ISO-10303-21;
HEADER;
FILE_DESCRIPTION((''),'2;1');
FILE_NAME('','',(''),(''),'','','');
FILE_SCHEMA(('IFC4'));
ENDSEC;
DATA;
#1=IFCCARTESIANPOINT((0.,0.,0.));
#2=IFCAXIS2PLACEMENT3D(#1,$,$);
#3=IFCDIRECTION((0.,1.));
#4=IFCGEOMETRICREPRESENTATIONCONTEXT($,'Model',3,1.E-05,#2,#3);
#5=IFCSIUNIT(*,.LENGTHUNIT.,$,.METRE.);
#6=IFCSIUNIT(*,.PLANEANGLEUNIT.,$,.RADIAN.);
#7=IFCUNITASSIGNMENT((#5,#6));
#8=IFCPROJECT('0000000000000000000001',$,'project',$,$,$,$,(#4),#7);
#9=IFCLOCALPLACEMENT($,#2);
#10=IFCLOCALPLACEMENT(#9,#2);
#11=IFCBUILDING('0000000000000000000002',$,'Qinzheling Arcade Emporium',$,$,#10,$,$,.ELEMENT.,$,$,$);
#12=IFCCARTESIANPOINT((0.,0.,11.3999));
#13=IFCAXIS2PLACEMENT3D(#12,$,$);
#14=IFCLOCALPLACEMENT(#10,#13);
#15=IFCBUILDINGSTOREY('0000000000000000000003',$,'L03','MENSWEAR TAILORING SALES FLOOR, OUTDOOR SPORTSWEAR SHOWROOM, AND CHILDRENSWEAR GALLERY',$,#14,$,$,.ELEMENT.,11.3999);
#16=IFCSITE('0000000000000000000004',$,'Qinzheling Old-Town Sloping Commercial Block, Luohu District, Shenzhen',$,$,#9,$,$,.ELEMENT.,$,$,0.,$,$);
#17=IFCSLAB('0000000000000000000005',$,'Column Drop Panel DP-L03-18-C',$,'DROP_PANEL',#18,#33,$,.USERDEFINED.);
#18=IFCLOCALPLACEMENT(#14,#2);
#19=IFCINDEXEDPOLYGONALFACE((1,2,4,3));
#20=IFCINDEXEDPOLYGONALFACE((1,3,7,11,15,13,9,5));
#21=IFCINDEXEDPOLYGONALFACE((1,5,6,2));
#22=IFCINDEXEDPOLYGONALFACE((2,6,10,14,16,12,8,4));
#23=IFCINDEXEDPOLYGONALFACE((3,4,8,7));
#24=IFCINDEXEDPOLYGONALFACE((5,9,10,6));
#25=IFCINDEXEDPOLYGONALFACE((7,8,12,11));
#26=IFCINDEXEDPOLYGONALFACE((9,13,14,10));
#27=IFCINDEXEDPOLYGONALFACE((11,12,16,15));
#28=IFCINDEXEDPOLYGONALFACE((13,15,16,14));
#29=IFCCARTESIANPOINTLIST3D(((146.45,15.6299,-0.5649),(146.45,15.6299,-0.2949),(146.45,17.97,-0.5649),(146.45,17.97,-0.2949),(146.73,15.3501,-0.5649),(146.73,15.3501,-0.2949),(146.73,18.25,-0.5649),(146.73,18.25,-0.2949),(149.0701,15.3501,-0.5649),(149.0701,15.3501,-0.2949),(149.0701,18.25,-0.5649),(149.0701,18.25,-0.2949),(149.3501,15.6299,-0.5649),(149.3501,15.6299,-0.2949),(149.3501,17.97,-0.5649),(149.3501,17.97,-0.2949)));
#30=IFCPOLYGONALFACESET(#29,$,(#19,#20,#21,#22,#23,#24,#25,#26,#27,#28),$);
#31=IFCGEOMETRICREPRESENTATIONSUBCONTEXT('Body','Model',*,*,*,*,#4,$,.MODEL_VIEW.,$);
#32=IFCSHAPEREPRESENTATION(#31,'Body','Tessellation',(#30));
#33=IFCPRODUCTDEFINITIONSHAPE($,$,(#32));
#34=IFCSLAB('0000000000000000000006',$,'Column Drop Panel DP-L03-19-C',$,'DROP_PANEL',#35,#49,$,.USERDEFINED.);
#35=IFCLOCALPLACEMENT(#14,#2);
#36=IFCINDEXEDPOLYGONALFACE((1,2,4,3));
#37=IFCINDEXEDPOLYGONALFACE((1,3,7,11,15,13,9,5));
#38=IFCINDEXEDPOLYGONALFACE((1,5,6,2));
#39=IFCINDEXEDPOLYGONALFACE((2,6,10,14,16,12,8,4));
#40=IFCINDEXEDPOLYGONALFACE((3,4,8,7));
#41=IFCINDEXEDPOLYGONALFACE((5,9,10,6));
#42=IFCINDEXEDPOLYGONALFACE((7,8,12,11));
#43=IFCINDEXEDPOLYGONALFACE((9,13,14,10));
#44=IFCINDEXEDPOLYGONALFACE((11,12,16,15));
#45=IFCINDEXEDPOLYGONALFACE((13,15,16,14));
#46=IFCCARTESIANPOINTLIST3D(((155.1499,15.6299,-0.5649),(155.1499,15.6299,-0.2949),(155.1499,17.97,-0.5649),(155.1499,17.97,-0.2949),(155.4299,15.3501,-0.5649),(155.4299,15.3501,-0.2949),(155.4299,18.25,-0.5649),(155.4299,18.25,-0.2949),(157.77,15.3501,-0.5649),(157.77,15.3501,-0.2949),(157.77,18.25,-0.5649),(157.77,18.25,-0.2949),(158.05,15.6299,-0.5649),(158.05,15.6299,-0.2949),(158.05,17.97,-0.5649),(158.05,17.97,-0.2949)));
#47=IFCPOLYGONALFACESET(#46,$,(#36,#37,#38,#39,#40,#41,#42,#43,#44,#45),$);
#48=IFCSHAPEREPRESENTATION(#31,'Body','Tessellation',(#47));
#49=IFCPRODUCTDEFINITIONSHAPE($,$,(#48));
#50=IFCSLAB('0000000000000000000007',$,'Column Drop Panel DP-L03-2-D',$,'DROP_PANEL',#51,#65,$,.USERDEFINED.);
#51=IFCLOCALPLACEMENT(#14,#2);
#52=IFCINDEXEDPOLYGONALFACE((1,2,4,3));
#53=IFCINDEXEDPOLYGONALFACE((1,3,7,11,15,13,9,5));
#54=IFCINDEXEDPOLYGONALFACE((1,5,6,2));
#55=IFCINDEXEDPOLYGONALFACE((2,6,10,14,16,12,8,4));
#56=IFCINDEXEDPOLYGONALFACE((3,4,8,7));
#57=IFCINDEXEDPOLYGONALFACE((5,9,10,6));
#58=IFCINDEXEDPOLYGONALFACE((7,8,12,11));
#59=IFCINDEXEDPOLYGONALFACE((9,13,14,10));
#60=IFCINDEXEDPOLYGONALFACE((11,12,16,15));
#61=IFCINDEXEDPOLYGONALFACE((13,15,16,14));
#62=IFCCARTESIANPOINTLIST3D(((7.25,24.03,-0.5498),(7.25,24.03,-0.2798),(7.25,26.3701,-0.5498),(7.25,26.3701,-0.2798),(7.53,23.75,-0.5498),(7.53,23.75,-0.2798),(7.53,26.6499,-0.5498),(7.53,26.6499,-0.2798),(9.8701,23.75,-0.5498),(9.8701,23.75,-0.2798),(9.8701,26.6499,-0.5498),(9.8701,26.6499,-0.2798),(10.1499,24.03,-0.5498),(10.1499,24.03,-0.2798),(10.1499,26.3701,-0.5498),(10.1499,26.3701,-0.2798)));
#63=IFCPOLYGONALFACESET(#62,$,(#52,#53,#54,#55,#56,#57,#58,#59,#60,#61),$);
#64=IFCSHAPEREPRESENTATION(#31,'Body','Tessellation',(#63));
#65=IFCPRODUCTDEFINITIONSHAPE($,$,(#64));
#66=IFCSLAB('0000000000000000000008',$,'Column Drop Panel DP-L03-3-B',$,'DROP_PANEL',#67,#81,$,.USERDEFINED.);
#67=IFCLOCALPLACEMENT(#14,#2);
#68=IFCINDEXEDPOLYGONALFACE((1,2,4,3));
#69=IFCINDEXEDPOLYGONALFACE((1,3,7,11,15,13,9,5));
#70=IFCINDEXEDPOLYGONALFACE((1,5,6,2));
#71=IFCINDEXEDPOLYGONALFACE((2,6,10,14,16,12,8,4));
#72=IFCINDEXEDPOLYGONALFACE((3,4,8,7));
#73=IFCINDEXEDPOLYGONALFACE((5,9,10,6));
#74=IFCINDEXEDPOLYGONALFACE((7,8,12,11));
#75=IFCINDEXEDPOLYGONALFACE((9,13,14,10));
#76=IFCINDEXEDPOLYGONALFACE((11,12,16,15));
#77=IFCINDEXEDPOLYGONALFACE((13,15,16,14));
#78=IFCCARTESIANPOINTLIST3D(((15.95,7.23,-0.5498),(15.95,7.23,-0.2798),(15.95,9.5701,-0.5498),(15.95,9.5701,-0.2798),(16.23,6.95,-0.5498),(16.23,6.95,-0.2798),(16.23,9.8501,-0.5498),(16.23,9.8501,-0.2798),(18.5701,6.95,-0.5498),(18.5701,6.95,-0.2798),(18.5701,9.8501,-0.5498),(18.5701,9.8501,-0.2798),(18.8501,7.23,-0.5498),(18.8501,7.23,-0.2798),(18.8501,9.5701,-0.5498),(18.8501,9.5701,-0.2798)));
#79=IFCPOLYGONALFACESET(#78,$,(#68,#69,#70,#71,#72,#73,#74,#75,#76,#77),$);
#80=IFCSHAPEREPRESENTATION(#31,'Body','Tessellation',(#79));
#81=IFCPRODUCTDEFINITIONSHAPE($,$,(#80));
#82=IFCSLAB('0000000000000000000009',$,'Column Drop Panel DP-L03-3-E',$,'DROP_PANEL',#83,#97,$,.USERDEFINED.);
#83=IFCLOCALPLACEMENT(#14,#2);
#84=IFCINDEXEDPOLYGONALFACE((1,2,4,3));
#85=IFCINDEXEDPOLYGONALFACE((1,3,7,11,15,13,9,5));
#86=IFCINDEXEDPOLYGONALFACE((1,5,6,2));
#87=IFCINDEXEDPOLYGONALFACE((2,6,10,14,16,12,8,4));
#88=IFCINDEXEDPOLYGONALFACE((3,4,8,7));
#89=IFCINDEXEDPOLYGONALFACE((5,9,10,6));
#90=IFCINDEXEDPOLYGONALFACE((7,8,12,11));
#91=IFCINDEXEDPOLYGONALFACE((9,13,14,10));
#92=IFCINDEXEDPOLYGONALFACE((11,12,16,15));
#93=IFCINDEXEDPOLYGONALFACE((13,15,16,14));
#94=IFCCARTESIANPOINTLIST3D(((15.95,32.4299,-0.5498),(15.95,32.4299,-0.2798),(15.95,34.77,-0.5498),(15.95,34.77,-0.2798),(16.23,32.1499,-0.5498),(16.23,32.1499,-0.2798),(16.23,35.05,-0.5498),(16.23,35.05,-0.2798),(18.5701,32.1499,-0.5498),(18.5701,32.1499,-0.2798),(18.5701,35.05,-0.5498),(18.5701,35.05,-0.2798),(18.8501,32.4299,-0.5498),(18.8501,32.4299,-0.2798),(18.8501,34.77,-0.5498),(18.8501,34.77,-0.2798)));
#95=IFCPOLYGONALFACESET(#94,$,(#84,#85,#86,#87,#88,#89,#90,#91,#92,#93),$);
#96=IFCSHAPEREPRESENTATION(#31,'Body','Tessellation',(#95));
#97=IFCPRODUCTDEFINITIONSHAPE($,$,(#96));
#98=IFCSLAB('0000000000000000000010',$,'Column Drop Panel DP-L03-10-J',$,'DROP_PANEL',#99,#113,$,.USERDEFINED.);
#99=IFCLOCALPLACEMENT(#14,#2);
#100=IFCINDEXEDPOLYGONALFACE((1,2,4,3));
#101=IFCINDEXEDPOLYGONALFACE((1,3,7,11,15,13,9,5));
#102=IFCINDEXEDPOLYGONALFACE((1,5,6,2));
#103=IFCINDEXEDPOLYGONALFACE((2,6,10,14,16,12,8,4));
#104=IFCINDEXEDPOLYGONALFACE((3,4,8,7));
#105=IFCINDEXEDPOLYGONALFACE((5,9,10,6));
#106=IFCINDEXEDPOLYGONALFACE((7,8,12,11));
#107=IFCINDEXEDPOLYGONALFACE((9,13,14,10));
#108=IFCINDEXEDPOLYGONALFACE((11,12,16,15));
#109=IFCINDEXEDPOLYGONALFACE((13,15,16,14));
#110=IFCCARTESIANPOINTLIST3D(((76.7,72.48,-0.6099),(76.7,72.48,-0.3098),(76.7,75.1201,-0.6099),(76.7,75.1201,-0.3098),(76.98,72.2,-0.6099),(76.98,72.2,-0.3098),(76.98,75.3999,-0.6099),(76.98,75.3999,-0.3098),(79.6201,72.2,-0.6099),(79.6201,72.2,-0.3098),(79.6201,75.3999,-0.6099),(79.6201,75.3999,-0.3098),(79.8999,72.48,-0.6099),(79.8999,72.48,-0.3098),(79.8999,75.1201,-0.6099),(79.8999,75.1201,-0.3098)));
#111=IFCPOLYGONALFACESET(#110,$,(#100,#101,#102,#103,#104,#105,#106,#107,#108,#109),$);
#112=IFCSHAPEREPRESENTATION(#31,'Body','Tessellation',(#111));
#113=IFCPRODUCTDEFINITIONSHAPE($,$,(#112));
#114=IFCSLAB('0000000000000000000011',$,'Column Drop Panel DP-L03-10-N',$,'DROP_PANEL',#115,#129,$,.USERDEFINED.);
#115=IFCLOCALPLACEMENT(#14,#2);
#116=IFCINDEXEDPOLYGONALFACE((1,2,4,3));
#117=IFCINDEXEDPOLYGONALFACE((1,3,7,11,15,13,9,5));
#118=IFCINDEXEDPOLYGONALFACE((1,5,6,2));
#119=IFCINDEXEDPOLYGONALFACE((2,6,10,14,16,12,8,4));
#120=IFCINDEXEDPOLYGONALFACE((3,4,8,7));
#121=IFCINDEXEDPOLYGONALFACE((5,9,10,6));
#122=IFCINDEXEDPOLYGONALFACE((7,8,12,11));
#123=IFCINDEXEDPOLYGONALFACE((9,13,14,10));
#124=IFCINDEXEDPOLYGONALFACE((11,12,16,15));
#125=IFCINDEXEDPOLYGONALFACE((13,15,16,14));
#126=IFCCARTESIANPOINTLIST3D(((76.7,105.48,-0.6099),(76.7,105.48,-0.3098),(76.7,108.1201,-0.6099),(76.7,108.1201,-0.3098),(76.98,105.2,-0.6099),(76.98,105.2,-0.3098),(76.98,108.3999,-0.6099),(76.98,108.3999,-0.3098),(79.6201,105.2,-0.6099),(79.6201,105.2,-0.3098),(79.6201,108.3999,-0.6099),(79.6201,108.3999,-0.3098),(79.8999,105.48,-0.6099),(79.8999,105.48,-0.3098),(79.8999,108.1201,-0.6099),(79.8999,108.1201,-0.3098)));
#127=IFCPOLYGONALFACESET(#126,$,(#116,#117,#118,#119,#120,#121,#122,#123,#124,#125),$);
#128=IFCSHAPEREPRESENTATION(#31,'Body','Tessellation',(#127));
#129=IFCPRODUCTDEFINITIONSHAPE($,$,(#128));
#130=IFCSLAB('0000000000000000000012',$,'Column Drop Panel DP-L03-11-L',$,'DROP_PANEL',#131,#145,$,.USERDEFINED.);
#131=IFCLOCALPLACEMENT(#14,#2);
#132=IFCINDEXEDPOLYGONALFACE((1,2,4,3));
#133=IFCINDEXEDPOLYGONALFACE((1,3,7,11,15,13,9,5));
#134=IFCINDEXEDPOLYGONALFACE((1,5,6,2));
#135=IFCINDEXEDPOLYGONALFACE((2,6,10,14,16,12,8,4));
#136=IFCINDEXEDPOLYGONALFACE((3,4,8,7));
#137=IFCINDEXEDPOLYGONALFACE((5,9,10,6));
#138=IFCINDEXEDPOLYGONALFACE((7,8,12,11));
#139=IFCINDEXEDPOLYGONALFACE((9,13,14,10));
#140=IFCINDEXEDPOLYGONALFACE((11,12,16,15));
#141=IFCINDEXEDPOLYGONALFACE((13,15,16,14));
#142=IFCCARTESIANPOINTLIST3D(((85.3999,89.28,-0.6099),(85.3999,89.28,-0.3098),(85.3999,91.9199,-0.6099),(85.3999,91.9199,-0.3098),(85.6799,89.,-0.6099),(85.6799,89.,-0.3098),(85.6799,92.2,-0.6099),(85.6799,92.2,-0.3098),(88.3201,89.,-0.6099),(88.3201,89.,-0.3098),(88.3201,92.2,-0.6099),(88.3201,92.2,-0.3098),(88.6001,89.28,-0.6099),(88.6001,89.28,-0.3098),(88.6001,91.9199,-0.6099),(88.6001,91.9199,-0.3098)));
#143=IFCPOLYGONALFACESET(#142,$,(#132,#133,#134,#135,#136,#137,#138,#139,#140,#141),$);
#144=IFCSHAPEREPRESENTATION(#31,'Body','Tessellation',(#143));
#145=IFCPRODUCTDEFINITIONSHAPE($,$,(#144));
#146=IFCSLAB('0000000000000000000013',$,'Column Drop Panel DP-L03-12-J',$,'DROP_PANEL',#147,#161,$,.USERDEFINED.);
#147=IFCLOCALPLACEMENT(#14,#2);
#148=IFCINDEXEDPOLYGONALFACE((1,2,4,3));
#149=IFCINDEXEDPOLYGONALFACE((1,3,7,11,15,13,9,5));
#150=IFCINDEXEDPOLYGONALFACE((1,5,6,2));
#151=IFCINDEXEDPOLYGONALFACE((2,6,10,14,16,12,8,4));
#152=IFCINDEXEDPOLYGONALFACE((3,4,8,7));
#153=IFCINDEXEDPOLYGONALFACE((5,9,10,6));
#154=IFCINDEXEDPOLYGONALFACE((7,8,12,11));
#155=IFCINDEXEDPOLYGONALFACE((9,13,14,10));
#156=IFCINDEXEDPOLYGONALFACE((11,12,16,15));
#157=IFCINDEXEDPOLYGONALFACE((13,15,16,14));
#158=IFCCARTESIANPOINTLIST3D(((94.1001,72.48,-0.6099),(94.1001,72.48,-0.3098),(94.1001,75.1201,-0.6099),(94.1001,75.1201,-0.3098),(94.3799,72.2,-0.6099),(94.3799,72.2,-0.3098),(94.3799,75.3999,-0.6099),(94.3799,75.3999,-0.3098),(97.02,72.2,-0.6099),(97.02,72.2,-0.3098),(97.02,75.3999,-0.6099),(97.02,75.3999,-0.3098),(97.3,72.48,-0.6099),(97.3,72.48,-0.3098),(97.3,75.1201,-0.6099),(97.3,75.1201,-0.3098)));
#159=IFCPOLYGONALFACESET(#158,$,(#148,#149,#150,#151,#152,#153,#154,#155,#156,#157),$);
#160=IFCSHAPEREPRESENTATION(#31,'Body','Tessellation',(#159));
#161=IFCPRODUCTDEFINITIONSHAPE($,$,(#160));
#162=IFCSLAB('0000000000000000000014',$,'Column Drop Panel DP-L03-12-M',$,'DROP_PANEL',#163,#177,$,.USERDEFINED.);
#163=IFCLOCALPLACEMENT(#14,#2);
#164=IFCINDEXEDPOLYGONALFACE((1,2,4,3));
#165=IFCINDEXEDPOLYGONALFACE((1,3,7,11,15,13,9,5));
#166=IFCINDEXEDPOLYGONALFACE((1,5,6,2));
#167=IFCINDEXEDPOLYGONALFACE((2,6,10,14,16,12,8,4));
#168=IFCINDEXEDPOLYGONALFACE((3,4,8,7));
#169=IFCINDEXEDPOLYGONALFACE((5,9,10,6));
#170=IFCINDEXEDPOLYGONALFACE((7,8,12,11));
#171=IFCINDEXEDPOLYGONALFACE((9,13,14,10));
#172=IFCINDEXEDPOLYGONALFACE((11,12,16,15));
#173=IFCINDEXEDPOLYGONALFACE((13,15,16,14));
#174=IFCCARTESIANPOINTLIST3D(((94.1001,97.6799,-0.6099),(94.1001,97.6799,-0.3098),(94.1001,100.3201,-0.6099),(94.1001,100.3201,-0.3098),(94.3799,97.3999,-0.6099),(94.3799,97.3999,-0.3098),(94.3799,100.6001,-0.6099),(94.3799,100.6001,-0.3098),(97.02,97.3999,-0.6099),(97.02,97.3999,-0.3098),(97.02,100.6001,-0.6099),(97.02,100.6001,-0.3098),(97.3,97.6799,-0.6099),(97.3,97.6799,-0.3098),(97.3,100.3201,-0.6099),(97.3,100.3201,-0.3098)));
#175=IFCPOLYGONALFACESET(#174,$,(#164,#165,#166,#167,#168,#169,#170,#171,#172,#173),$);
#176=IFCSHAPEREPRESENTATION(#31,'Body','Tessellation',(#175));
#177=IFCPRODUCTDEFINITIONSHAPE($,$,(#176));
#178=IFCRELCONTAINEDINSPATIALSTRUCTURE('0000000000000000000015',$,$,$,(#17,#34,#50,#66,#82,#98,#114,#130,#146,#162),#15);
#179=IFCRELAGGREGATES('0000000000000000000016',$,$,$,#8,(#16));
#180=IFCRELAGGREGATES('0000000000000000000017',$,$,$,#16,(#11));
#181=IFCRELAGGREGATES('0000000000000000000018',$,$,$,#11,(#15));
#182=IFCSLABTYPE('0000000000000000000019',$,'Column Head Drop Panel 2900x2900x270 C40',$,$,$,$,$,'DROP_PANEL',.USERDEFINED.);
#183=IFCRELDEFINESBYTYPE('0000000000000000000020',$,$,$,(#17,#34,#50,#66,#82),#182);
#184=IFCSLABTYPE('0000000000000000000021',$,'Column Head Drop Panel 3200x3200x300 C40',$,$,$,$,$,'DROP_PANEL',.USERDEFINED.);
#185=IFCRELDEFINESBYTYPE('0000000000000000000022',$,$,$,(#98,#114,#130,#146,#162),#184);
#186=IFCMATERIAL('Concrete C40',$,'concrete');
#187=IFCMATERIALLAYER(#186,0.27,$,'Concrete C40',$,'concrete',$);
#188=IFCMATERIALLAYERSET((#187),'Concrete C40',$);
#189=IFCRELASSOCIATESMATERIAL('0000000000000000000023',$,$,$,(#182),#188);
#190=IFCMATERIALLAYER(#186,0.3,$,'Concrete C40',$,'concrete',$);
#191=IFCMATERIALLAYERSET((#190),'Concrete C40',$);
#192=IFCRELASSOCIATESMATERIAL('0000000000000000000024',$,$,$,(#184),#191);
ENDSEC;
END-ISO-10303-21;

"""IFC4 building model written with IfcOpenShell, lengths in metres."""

from ifc_helpers import new_model, si_unit, direction, frame, origin, place, context, subcontext, project, spatial, polyline, outline, extrude, material, layer, layer_set, type_object, element, save


model = new_model("IFC4")

# Units and contexts
model_context = context("Model", 3, precision=1e-05, world=origin(), true_north=direction((0.0, 1.0)))
body_context = subcontext(model_context, "Body", "Model", "MODEL_VIEW")
ifc_project = project(units=[si_unit("LENGTHUNIT", "METRE"), si_unit("PLANEANGLEUNIT", "RADIAN")], contexts=[model_context])

# Site, building, storey
site_placement = place(None, origin())
site = spatial("IfcSite", under=ifc_project, at=site_placement, Name="Qinzheling Old-Town Sloping Commercial Block, Luohu District, Shenzhen", CompositionType="ELEMENT", RefElevation=0.0)
building_placement = place(site_placement, origin())
building = spatial("IfcBuilding", under=site, at=building_placement, Name="Qinzheling Arcade Emporium", CompositionType="ELEMENT")
storey_placement = place(building_placement, frame((0.0, 0.0, 11.3999)))
storey = spatial("IfcBuildingStorey", under=building, at=storey_placement, Name="L03", Description="MENSWEAR TAILORING SALES FLOOR, OUTDOOR SPORTSWEAR SHOWROOM, AND CHILDRENSWEAR GALLERY", CompositionType="ELEMENT", Elevation=11.3999)

# Slabs
ifc_material = material(Name="Concrete C40", Category="concrete")
ifc_layer_1 = layer(ifc_material, 0.27, Name="Concrete C40", Category="concrete")
ifc_layer_set_1 = layer_set([ifc_layer_1], Name="Concrete C40")
slab_type_1 = type_object("IfcSlabType", Name="Column Head Drop Panel 2900x2900x270 C40", ElementType="DROP_PANEL", PredefinedType="USERDEFINED", material=ifc_layer_set_1)
slab_1_placement = place(storey_placement, frame((0.0, 0.0, -0.5649)))
element("IfcSlab", 1, at=slab_1_placement, inside=storey, type_object=slab_type_1, Name="Column Drop Panel DP-L03-18-C", ObjectType="DROP_PANEL", PredefinedType="USERDEFINED", context=body_context, shape_type="SweptSolid", body=[
    extrude(outline(polyline([(146.73, 15.3501), (149.0701, 15.3501), (149.3501, 15.6299), (149.3501, 17.97), (149.0701, 18.25), (146.73, 18.25), (146.45, 17.97), (146.45, 15.6299), (146.73, 15.3501)])), origin(), (0.0, 0.0, 1.0), 0.27),
])
slab_2_placement = place(storey_placement, frame((0.0, 0.0, -0.5649)))
element("IfcSlab", 2, at=slab_2_placement, inside=storey, type_object=slab_type_1, Name="Column Drop Panel DP-L03-19-C", ObjectType="DROP_PANEL", PredefinedType="USERDEFINED", context=body_context, shape_type="SweptSolid", body=[
    extrude(outline(polyline([(155.4299, 15.3501), (157.77, 15.3501), (158.05, 15.6299), (158.05, 17.97), (157.77, 18.25), (155.4299, 18.25), (155.1499, 17.97), (155.1499, 15.6299), (155.4299, 15.3501)])), origin(), (0.0, 0.0, 1.0), 0.27),
])
slab_3_placement = place(storey_placement, frame((0.0, 0.0, -0.5498)))
element("IfcSlab", 3, at=slab_3_placement, inside=storey, type_object=slab_type_1, Name="Column Drop Panel DP-L03-2-D", ObjectType="DROP_PANEL", PredefinedType="USERDEFINED", context=body_context, shape_type="SweptSolid", body=[
    extrude(outline(polyline([(7.53, 23.75), (9.8701, 23.75), (10.1499, 24.03), (10.1499, 26.3701), (9.8701, 26.6499), (7.53, 26.6499), (7.25, 26.3701), (7.25, 24.03), (7.53, 23.75)])), origin(), (0.0, 0.0, 1.0), 0.27),
])
slab_4_placement = place(storey_placement, frame((0.0, 0.0, -0.5498)))
element("IfcSlab", 4, at=slab_4_placement, inside=storey, type_object=slab_type_1, Name="Column Drop Panel DP-L03-3-B", ObjectType="DROP_PANEL", PredefinedType="USERDEFINED", context=body_context, shape_type="SweptSolid", body=[
    extrude(outline(polyline([(16.23, 6.95), (18.5701, 6.95), (18.8501, 7.23), (18.8501, 9.5701), (18.5701, 9.8501), (16.23, 9.8501), (15.95, 9.5701), (15.95, 7.23), (16.23, 6.95)])), origin(), (0.0, 0.0, 1.0), 0.27),
])
slab_5_placement = place(storey_placement, frame((0.0, 0.0, -0.5498)))
element("IfcSlab", 5, at=slab_5_placement, inside=storey, type_object=slab_type_1, Name="Column Drop Panel DP-L03-3-E", ObjectType="DROP_PANEL", PredefinedType="USERDEFINED", context=body_context, shape_type="SweptSolid", body=[
    extrude(outline(polyline([(16.23, 32.1499), (18.5701, 32.1499), (18.8501, 32.4299), (18.8501, 34.77), (18.5701, 35.05), (16.23, 35.05), (15.95, 34.77), (15.95, 32.4299), (16.23, 32.1499)])), origin(), (0.0, 0.0, 1.0), 0.27),
])
ifc_layer_2 = layer(ifc_material, 0.3, Name="Concrete C40", Category="concrete")
ifc_layer_set_2 = layer_set([ifc_layer_2], Name="Concrete C40")
slab_type_2 = type_object("IfcSlabType", Name="Column Head Drop Panel 3200x3200x300 C40", ElementType="DROP_PANEL", PredefinedType="USERDEFINED", material=ifc_layer_set_2)
slab_6_placement = place(storey_placement, frame((0.0, 0.0, -0.6099)))
element("IfcSlab", 6, at=slab_6_placement, inside=storey, type_object=slab_type_2, Name="Column Drop Panel DP-L03-10-J", ObjectType="DROP_PANEL", PredefinedType="USERDEFINED", context=body_context, shape_type="SweptSolid", body=[
    extrude(outline(polyline([(76.98, 72.2), (79.6201, 72.2), (79.8999, 72.48), (79.8999, 75.1201), (79.6201, 75.3999), (76.98, 75.3999), (76.7, 75.1201), (76.7, 72.48), (76.98, 72.2)])), origin(), (0.0, 0.0, 1.0), 0.3),
])
slab_7_placement = place(storey_placement, frame((0.0, 0.0, -0.6099)))
element("IfcSlab", 7, at=slab_7_placement, inside=storey, type_object=slab_type_2, Name="Column Drop Panel DP-L03-10-N", ObjectType="DROP_PANEL", PredefinedType="USERDEFINED", context=body_context, shape_type="SweptSolid", body=[
    extrude(outline(polyline([(76.98, 105.2), (79.6201, 105.2), (79.8999, 105.48), (79.8999, 108.1201), (79.6201, 108.3999), (76.98, 108.3999), (76.7, 108.1201), (76.7, 105.48), (76.98, 105.2)])), origin(), (0.0, 0.0, 1.0), 0.3),
])
slab_8_placement = place(storey_placement, frame((0.0, 0.0, -0.6099)))
element("IfcSlab", 8, at=slab_8_placement, inside=storey, type_object=slab_type_2, Name="Column Drop Panel DP-L03-11-L", ObjectType="DROP_PANEL", PredefinedType="USERDEFINED", context=body_context, shape_type="SweptSolid", body=[
    extrude(outline(polyline([(85.6799, 89.0), (88.3201, 89.0), (88.6001, 89.28), (88.6001, 91.9199), (88.3201, 92.2), (85.6799, 92.2), (85.3999, 91.9199), (85.3999, 89.28), (85.6799, 89.0)])), origin(), (0.0, 0.0, 1.0), 0.3),
])
slab_9_placement = place(storey_placement, frame((0.0, 0.0, -0.6099)))
element("IfcSlab", 9, at=slab_9_placement, inside=storey, type_object=slab_type_2, Name="Column Drop Panel DP-L03-12-J", ObjectType="DROP_PANEL", PredefinedType="USERDEFINED", context=body_context, shape_type="SweptSolid", body=[
    extrude(outline(polyline([(94.3799, 72.2), (97.02, 72.2), (97.3, 72.48), (97.3, 75.1201), (97.02, 75.3999), (94.3799, 75.3999), (94.1001, 75.1201), (94.1001, 72.48), (94.3799, 72.2)])), origin(), (0.0, 0.0, 1.0), 0.3),
])
slab_10_placement = place(storey_placement, frame((0.0, 0.0, -0.6099)))
element("IfcSlab", 10, at=slab_10_placement, inside=storey, type_object=slab_type_2, Name="Column Drop Panel DP-L03-12-M", ObjectType="DROP_PANEL", PredefinedType="USERDEFINED", context=body_context, shape_type="SweptSolid", body=[
    extrude(outline(polyline([(94.3799, 97.3999), (97.02, 97.3999), (97.3, 97.6799), (97.3, 100.3201), (97.02, 100.6001), (94.3799, 100.6001), (94.1001, 100.3201), (94.1001, 97.6799), (94.3799, 97.3999)])), origin(), (0.0, 0.0, 1.0), 0.3),
])

save(model, "model.ifc")
